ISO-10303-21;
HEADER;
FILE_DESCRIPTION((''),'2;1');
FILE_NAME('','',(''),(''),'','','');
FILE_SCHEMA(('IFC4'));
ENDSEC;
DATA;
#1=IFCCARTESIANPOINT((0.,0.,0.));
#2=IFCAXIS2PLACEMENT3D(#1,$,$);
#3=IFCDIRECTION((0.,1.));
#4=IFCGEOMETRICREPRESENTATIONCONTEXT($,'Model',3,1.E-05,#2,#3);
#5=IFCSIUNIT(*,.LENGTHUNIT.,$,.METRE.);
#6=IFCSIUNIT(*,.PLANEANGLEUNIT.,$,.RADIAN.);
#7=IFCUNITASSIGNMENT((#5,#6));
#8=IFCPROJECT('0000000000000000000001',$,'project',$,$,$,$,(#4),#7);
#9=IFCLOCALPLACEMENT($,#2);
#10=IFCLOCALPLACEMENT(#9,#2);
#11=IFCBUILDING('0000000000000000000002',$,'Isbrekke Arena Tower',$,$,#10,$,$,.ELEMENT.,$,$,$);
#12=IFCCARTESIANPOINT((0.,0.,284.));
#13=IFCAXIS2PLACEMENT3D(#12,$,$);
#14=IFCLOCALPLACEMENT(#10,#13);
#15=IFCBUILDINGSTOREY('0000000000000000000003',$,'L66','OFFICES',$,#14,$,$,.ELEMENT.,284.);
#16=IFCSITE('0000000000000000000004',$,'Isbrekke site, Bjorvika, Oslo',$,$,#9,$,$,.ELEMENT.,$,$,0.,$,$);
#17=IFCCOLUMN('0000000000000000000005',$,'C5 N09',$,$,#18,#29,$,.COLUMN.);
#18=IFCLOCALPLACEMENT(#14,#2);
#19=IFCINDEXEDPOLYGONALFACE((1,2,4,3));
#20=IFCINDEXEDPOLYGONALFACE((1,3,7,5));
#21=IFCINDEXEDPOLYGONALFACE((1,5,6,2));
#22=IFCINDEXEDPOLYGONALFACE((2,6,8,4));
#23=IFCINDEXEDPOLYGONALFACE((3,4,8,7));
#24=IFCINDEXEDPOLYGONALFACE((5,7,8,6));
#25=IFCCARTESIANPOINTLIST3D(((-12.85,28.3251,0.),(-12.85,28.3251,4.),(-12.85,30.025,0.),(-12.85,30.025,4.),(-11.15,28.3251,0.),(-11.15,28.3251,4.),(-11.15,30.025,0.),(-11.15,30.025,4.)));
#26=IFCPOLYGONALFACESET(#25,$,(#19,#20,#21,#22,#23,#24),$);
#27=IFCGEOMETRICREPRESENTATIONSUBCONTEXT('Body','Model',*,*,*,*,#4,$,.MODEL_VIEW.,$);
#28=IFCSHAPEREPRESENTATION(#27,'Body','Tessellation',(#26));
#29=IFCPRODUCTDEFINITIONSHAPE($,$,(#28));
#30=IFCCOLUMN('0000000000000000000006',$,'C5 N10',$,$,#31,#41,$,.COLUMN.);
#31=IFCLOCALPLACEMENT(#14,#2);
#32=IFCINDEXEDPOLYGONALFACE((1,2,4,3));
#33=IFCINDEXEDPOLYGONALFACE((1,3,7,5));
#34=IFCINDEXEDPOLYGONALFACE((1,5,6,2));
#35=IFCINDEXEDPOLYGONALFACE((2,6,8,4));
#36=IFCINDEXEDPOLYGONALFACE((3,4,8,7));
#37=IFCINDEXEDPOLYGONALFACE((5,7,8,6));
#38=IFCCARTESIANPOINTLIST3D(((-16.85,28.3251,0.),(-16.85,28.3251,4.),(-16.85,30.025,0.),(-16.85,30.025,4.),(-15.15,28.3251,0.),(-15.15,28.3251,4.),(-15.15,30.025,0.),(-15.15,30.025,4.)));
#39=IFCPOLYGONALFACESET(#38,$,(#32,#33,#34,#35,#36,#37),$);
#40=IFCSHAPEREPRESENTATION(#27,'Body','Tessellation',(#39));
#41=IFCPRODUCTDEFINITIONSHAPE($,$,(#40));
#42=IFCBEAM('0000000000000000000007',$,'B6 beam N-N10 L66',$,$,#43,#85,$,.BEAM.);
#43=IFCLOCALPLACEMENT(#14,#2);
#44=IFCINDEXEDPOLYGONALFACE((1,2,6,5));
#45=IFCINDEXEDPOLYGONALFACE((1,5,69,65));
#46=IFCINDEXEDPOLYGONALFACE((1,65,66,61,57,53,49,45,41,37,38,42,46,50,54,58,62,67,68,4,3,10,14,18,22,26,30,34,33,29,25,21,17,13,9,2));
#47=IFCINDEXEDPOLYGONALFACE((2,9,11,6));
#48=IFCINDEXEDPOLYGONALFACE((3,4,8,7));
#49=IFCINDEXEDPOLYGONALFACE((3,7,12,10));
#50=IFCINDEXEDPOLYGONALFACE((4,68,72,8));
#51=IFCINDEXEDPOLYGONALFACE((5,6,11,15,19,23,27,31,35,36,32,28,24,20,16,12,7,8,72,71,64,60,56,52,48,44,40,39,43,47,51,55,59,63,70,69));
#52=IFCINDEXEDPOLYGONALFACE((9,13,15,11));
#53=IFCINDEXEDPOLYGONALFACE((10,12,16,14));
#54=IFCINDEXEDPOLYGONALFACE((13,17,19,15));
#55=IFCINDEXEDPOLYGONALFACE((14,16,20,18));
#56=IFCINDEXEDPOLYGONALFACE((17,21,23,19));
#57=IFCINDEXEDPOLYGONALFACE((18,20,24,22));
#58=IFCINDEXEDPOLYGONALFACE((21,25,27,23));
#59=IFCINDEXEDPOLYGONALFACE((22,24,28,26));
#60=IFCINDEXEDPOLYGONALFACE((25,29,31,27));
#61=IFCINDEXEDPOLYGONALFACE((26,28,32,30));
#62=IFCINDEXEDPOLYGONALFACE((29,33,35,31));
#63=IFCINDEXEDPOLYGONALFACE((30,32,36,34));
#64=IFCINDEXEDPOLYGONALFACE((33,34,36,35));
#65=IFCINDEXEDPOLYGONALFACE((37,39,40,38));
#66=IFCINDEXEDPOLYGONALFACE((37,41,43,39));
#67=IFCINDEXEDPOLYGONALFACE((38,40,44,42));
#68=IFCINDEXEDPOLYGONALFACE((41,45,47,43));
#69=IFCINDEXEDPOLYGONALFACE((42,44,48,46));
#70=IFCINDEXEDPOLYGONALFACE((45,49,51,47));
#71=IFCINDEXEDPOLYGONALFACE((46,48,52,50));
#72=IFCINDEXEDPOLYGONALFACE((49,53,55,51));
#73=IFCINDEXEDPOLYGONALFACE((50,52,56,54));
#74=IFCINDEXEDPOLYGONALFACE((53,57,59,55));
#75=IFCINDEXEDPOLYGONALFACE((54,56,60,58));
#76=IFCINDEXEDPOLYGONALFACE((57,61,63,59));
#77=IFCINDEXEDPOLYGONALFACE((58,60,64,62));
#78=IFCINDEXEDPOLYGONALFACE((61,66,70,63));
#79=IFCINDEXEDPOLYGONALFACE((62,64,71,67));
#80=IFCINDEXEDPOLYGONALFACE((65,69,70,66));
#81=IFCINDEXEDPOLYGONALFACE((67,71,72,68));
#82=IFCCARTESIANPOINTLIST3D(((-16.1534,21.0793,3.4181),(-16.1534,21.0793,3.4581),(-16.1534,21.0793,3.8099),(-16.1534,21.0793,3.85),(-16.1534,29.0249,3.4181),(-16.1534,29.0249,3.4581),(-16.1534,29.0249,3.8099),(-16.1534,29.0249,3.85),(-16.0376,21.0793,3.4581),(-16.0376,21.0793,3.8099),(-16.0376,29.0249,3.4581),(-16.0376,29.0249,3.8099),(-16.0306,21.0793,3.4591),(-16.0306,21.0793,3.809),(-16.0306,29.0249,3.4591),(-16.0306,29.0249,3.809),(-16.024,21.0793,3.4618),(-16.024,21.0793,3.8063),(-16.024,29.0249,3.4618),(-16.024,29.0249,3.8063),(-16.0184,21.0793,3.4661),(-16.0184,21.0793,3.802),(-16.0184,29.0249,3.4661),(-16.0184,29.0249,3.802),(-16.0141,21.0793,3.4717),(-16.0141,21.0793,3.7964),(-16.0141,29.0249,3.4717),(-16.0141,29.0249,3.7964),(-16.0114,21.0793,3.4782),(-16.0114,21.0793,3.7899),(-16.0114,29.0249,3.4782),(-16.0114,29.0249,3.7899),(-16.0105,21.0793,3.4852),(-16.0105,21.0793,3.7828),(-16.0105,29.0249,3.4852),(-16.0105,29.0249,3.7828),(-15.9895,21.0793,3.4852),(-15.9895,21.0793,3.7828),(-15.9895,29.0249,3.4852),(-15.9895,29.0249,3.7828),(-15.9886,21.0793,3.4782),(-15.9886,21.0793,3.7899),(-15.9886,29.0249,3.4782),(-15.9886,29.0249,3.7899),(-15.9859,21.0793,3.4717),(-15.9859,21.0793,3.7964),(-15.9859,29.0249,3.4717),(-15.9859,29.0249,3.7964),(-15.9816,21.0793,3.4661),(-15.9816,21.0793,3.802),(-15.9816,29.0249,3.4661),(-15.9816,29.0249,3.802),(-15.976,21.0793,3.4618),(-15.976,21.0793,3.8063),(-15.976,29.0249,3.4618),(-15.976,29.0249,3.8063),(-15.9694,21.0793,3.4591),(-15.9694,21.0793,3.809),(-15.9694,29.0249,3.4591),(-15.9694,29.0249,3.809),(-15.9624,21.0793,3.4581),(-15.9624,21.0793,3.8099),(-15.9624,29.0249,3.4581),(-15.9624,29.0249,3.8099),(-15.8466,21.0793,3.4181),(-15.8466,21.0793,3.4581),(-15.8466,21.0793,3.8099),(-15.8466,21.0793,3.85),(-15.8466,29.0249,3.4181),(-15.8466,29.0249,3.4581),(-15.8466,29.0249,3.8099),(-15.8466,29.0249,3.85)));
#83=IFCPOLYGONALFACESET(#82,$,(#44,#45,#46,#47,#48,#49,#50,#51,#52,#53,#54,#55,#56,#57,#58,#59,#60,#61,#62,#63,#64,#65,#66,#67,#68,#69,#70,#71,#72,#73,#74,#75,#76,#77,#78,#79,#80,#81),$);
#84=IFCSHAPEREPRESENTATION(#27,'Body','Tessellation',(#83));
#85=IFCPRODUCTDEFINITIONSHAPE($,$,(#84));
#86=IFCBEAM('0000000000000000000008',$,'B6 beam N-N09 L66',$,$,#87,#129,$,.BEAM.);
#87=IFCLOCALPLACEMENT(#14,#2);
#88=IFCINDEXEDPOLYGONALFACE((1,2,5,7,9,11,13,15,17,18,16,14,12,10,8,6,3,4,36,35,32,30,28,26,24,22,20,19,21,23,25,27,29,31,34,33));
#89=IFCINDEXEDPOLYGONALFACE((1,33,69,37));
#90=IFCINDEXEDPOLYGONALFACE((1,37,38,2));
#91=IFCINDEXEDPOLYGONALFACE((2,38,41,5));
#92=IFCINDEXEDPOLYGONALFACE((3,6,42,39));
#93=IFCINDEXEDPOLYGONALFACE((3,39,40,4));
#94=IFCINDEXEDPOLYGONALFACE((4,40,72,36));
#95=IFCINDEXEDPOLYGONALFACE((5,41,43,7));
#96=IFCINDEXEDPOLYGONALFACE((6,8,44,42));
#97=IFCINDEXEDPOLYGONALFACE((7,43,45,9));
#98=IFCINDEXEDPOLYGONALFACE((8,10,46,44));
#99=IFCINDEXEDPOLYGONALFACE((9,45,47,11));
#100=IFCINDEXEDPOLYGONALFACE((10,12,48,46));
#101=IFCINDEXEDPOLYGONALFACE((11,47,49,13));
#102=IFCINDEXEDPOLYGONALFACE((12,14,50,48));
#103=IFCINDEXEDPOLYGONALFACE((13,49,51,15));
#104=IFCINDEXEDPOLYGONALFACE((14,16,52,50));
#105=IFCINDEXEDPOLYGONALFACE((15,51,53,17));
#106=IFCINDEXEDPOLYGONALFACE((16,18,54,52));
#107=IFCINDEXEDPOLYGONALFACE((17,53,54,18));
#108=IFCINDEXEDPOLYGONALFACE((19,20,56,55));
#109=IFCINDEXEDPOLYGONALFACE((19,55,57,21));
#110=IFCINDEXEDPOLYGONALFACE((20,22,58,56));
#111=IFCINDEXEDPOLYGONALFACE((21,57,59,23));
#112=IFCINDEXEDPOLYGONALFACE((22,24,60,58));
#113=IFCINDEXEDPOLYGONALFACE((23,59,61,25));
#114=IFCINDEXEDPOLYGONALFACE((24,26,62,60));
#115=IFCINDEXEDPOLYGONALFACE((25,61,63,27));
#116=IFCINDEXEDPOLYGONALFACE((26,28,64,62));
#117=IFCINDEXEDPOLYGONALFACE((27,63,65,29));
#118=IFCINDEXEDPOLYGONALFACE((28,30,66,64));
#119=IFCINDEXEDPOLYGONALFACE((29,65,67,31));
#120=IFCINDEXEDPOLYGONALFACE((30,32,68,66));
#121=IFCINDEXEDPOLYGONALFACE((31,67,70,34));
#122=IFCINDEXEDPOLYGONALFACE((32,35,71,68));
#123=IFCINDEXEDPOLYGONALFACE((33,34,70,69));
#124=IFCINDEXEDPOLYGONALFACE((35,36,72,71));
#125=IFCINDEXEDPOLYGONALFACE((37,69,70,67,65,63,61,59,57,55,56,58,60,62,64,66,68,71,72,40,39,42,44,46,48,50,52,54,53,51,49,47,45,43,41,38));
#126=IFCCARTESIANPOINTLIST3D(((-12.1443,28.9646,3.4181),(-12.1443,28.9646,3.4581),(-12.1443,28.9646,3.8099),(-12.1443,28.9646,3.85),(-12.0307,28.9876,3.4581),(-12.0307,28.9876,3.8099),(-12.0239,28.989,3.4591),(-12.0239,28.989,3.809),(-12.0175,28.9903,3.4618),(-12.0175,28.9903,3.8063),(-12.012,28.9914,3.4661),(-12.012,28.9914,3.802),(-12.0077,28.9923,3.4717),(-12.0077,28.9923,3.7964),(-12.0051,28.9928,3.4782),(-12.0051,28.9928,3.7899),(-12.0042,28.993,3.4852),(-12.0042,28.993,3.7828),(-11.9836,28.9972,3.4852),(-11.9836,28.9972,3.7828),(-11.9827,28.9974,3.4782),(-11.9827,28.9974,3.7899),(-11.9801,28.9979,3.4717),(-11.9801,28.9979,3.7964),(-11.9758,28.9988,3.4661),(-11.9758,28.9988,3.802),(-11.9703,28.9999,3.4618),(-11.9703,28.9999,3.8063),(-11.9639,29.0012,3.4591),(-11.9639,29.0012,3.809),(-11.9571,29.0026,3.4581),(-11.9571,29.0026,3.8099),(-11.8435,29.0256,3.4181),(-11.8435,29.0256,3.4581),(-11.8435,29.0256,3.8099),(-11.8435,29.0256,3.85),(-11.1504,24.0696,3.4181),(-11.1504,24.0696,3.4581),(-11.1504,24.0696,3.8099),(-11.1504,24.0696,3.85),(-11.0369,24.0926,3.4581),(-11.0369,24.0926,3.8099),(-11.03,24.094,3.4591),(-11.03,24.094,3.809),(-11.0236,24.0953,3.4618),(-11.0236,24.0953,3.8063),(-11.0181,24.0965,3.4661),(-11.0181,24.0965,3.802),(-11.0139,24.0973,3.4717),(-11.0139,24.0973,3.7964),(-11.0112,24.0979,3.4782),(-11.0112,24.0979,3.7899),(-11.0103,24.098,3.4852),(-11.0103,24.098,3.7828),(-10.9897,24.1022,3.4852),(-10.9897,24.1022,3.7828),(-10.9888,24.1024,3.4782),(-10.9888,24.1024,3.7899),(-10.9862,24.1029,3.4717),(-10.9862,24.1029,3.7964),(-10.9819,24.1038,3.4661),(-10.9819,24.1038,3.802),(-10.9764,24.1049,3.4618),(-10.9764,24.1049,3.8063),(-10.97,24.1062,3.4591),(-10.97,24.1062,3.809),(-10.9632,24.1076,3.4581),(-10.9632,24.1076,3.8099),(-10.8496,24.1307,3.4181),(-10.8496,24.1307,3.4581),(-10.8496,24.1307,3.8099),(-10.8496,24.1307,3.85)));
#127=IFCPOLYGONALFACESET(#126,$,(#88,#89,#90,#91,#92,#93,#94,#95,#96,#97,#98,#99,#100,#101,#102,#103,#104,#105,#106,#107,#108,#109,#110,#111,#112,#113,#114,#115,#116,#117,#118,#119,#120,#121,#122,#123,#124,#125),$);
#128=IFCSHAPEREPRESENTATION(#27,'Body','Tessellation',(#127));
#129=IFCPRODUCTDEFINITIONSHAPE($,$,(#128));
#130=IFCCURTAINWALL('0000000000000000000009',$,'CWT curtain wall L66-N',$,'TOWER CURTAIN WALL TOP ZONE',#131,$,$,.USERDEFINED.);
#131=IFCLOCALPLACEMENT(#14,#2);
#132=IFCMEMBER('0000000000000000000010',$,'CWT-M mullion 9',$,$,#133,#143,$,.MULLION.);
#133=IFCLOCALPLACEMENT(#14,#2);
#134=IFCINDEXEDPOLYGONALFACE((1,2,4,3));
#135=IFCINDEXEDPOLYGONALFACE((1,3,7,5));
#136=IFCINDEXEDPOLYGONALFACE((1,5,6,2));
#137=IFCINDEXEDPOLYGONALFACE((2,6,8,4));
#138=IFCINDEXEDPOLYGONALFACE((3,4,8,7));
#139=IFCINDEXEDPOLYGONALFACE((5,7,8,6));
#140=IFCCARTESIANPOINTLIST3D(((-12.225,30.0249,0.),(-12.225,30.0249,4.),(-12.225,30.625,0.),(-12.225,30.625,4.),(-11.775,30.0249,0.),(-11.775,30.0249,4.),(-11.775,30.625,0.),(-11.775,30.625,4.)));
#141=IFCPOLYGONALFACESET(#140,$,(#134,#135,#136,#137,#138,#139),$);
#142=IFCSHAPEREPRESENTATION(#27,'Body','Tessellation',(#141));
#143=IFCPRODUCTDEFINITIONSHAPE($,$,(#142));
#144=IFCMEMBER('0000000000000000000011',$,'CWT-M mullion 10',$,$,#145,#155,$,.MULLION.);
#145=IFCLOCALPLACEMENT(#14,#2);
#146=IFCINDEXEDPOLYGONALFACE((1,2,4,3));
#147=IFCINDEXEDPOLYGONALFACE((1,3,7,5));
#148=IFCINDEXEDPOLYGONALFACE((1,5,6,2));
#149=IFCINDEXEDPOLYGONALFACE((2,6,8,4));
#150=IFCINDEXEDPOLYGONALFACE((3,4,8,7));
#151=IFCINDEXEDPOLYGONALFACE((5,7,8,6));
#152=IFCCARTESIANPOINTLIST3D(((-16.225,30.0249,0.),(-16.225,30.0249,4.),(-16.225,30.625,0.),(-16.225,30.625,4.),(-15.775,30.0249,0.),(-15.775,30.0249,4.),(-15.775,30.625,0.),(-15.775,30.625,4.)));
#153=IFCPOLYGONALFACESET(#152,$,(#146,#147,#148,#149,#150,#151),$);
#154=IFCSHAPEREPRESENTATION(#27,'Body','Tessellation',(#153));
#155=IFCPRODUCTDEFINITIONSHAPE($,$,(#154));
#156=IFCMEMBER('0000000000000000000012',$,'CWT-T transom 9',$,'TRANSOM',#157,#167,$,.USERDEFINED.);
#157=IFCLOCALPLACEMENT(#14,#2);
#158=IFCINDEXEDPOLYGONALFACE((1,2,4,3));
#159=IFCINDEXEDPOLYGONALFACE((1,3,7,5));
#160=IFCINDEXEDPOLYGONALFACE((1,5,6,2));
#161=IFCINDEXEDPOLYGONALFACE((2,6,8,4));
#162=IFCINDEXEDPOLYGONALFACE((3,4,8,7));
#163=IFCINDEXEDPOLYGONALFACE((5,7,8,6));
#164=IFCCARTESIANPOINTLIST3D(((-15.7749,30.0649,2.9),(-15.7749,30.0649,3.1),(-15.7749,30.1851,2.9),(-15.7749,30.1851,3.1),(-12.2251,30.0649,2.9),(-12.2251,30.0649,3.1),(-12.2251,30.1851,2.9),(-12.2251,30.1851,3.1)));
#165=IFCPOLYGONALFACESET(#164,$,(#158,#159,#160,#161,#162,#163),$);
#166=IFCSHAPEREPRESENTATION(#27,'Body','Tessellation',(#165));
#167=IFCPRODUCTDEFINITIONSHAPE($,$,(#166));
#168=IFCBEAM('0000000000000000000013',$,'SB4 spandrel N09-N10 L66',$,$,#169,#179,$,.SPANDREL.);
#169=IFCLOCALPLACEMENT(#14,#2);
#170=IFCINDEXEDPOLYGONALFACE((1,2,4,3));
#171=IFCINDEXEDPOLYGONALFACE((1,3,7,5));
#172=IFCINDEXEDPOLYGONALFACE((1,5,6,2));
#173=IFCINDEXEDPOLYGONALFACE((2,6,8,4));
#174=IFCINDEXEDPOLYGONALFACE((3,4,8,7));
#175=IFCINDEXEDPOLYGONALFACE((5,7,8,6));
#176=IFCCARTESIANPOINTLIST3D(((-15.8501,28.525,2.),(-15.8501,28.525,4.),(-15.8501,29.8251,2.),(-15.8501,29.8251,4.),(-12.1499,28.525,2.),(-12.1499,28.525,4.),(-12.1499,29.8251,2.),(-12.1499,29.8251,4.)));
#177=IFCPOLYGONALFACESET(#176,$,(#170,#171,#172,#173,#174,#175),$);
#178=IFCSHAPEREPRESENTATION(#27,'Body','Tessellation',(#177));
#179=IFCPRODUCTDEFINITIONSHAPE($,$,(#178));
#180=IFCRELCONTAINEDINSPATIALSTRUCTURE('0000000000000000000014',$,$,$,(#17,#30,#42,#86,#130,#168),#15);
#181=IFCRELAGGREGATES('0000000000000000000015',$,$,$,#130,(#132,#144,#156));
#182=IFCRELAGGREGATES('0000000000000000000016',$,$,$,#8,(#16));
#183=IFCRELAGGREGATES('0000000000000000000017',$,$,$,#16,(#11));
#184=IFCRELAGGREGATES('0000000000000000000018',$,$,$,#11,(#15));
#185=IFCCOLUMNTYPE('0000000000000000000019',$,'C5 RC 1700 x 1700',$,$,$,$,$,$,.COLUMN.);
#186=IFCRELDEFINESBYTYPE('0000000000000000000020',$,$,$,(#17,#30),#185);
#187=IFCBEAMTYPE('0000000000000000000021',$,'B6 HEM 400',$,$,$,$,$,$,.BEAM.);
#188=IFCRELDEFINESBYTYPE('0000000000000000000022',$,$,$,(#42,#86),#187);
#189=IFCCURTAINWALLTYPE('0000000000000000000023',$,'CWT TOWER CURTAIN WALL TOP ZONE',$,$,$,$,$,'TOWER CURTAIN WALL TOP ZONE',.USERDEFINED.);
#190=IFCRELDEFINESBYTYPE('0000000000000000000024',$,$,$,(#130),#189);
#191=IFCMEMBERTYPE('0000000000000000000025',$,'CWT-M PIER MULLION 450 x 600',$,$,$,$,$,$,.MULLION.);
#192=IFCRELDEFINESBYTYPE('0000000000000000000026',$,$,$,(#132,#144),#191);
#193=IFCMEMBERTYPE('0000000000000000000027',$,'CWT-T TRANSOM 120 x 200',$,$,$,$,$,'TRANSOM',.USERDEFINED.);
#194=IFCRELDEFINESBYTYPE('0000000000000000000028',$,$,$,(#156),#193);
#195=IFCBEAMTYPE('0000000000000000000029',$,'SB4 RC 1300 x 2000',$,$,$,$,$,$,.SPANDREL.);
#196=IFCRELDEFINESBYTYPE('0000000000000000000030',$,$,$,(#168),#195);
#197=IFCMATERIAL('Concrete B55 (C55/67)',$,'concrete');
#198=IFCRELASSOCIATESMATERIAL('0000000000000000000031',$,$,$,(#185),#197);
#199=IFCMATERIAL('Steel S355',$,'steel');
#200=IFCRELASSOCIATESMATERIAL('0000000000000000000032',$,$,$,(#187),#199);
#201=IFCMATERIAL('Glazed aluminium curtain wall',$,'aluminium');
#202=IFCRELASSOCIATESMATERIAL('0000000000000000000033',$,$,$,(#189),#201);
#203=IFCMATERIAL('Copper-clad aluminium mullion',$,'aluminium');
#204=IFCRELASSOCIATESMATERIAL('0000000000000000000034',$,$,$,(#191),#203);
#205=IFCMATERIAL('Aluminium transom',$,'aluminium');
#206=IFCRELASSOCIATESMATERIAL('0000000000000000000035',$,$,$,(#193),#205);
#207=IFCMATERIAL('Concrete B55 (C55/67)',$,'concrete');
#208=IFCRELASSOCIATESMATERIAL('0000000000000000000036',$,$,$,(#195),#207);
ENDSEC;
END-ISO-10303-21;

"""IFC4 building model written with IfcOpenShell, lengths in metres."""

from ifc_helpers import new_model, si_unit, direction, frame, origin, origin_2d, place, context, subcontext, project, spatial, rectangle, i_section, extrude, material, material_profile, profile_set, type_object, element, aggregate, save


model = new_model("IFC4")

# Units and contexts
model_context = context("Model", 3, precision=1e-05, world=origin(), true_north=direction((0.0, 1.0)))
body_context = subcontext(model_context, "Body", "Model", "MODEL_VIEW")
ifc_project = project(units=[si_unit("LENGTHUNIT", "METRE"), si_unit("PLANEANGLEUNIT", "RADIAN")], contexts=[model_context])

# Site, building, storey
site_placement = place(None, origin())
site = spatial("IfcSite", under=ifc_project, at=site_placement, Name="Isbrekke site, Bjorvika, Oslo", CompositionType="ELEMENT", RefElevation=0.0)
building_placement = place(site_placement, origin())
building = spatial("IfcBuilding", under=site, at=building_placement, Name="Isbrekke Arena Tower", CompositionType="ELEMENT")
storey_placement = place(building_placement, frame((0.0, 0.0, 284.0)))
storey = spatial("IfcBuildingStorey", under=building, at=storey_placement, Name="L66", Description="OFFICES", CompositionType="ELEMENT", Elevation=284.0)

# Columns
ifc_material_1 = material(Name="Concrete B55 (C55/67)", Category="concrete")
ifc_material_profile_1 = material_profile(ifc_material_1, rectangle(XDim=1.7, YDim=1.7, at=origin_2d()), Name="RC 1700x1700")
ifc_profile_set_1 = profile_set([ifc_material_profile_1], Name="Concrete B55 (C55/67)")
column_type = type_object("IfcColumnType", Name="C5 RC 1700 x 1700", PredefinedType="COLUMN", material=ifc_profile_set_1)
for number, where, z_axis, x_axis, name in (
    (1, (-12.0, 29.175, 0.0), (0.0, 0.0, 1.0), (-1.0, 0.0, 0.0), "C5 N09"),
    (2, (-16.0, 29.175, 0.0), (0.0, 0.0, 1.0), (-1.0, 0.0, 0.0), "C5 N10"),
):
    element("IfcColumn", number, at=place(storey_placement, frame(where, z_axis=z_axis, x_axis=x_axis)), inside=storey, type_object=column_type, Name=name, PredefinedType="COLUMN", context=body_context, shape_type="SweptSolid", body=[
        extrude(rectangle(XDim=1.7, YDim=1.7, at=origin_2d()), origin(), (0.0, 0.0, 1.0), 4.0),
    ])

# Beams
ifc_material_2 = material(Name="Steel S355", Category="steel")
ifc_material_profile_2 = material_profile(ifc_material_2, i_section(OverallWidth=0.3069, OverallDepth=0.4319, WebThickness=0.021, FlangeThickness=0.04, FilletRadius=0.0271, at=origin_2d()), Name="HEM 400")
ifc_profile_set_2 = profile_set([ifc_material_profile_2], Name="Steel S355")
beam_type_1 = type_object("IfcBeamType", Name="B6 HEM 400", PredefinedType="BEAM", material=ifc_profile_set_2)
beam_1_placement = place(storey_placement, frame((-16.0, 29.0249, 3.634), z_axis=(0.0, -1.0, 0.0), x_axis=(1.0, 0.0, 0.0)))
element("IfcBeam", 3, at=beam_1_placement, inside=storey, type_object=beam_type_1, Name="B6 beam N-N10 L66", PredefinedType="BEAM", context=body_context, shape_type="SweptSolid", body=[
    extrude(i_section(OverallWidth=0.3069, OverallDepth=0.4319, WebThickness=0.021, FlangeThickness=0.04, FilletRadius=0.0271, at=origin_2d()), origin(), (0.0, 0.0, 1.0), 7.9456),
])
beam_2_placement = place(storey_placement, frame((-11.9939, 28.9951, 3.634), z_axis=(0.198982, -0.980003, 0.0), x_axis=(0.980003, 0.198982, 0.0)))
element("IfcBeam", 4, at=beam_2_placement, inside=storey, type_object=beam_type_1, Name="B6 beam N-N09 L66", PredefinedType="BEAM", context=body_context, shape_type="SweptSolid", body=[
    extrude(i_section(OverallWidth=0.3069, OverallDepth=0.4319, WebThickness=0.021, FlangeThickness=0.04, FilletRadius=0.0271, at=origin_2d()), origin(), (0.0, 0.0, 1.0), 4.9949),
])

# Curtain wall, members
ifc_material_3 = material(Name="Glazed aluminium curtain wall", Category="aluminium")
curtain_wall_type = type_object("IfcCurtainWallType", Name="CWT TOWER CURTAIN WALL TOP ZONE", ElementType="TOWER CURTAIN WALL TOP ZONE", PredefinedType="USERDEFINED", material=ifc_material_3)
curtain_wall_placement = place(storey_placement, origin())
curtain_wall = element("IfcCurtainWall", 5, at=curtain_wall_placement, inside=storey, type_object=curtain_wall_type, Name="CWT curtain wall L66-N", ObjectType="TOWER CURTAIN WALL TOP ZONE", PredefinedType="USERDEFINED")
ifc_material_4 = material(Name="Copper-clad aluminium mullion", Category="aluminium")
ifc_material_profile_3 = material_profile(ifc_material_4, rectangle(XDim=0.45, YDim=0.6001, at=origin_2d()), Name="PIER 450X600")
ifc_profile_set_3 = profile_set([ifc_material_profile_3], Name="Copper-clad aluminium mullion")
member_type_1 = type_object("IfcMemberType", Name="CWT-M PIER MULLION 450 x 600", PredefinedType="MULLION", material=ifc_profile_set_3)
member_1_placement = place(storey_placement, frame((-12.0, 30.325, 0.0), z_axis=(0.0, 0.0, 1.0), x_axis=(-1.0, 0.0, 0.0)))
member_1 = element("IfcMember", 6, at=member_1_placement, type_object=member_type_1, Name="CWT-M mullion 9", PredefinedType="MULLION", context=body_context, shape_type="SweptSolid", body=[
    extrude(rectangle(XDim=0.45, YDim=0.6001, at=origin_2d()), origin(), (0.0, 0.0, 1.0), 4.0),
])
member_2_placement = place(storey_placement, frame((-16.0, 30.325, 0.0), z_axis=(0.0, 0.0, 1.0), x_axis=(-1.0, 0.0, 0.0)))
member_2 = element("IfcMember", 7, at=member_2_placement, type_object=member_type_1, Name="CWT-M mullion 10", PredefinedType="MULLION", context=body_context, shape_type="SweptSolid", body=[
    extrude(rectangle(XDim=0.45, YDim=0.6001, at=origin_2d()), origin(), (0.0, 0.0, 1.0), 4.0),
])
ifc_material_5 = material(Name="Aluminium transom", Category="aluminium")
ifc_material_profile_4 = material_profile(ifc_material_5, rectangle(XDim=0.1201, YDim=0.2, at=origin_2d()), Name="TRANSOM 120X200")
ifc_profile_set_4 = profile_set([ifc_material_profile_4], Name="Aluminium transom")
member_type_2 = type_object("IfcMemberType", Name="CWT-T TRANSOM 120 x 200", ElementType="TRANSOM", PredefinedType="USERDEFINED", material=ifc_profile_set_4)
member_3_placement = place(storey_placement, frame((-12.2251, 30.125, 3.0), z_axis=(-1.0, 0.0, 0.0), x_axis=(0.0, -1.0, 0.0)))
member_3 = element("IfcMember", 8, at=member_3_placement, type_object=member_type_2, Name="CWT-T transom 9", ObjectType="TRANSOM", PredefinedType="USERDEFINED", context=body_context, shape_type="SweptSolid", body=[
    extrude(rectangle(XDim=0.1201, YDim=0.2, at=origin_2d()), origin(), (0.0, 0.0, 1.0), 3.5498),
])

# Beam
ifc_material_6 = material(Name="Concrete B55 (C55/67)", Category="concrete")
ifc_material_profile_5 = material_profile(ifc_material_6, rectangle(XDim=1.3, YDim=2.0, at=origin_2d()), Name="RC 1300x2000")
ifc_profile_set_5 = profile_set([ifc_material_profile_5], Name="Concrete B55 (C55/67)")
beam_type_2 = type_object("IfcBeamType", Name="SB4 RC 1300 x 2000", PredefinedType="SPANDREL", material=ifc_profile_set_5)
beam_3_placement = place(storey_placement, frame((-12.1499, 29.175, 3.0), z_axis=(-1.0, 0.0, 0.0), x_axis=(0.0, -1.0, 0.0)))
element("IfcBeam", 9, at=beam_3_placement, inside=storey, type_object=beam_type_2, Name="SB4 spandrel N09-N10 L66", PredefinedType="SPANDREL", context=body_context, shape_type="SweptSolid", body=[
    extrude(rectangle(XDim=1.3, YDim=2.0, at=origin_2d()), origin(), (0.0, 0.0, 1.0), 3.7002),
])

aggregate(curtain_wall, [member_1, member_2, member_3])

save(model, "model.ifc")
